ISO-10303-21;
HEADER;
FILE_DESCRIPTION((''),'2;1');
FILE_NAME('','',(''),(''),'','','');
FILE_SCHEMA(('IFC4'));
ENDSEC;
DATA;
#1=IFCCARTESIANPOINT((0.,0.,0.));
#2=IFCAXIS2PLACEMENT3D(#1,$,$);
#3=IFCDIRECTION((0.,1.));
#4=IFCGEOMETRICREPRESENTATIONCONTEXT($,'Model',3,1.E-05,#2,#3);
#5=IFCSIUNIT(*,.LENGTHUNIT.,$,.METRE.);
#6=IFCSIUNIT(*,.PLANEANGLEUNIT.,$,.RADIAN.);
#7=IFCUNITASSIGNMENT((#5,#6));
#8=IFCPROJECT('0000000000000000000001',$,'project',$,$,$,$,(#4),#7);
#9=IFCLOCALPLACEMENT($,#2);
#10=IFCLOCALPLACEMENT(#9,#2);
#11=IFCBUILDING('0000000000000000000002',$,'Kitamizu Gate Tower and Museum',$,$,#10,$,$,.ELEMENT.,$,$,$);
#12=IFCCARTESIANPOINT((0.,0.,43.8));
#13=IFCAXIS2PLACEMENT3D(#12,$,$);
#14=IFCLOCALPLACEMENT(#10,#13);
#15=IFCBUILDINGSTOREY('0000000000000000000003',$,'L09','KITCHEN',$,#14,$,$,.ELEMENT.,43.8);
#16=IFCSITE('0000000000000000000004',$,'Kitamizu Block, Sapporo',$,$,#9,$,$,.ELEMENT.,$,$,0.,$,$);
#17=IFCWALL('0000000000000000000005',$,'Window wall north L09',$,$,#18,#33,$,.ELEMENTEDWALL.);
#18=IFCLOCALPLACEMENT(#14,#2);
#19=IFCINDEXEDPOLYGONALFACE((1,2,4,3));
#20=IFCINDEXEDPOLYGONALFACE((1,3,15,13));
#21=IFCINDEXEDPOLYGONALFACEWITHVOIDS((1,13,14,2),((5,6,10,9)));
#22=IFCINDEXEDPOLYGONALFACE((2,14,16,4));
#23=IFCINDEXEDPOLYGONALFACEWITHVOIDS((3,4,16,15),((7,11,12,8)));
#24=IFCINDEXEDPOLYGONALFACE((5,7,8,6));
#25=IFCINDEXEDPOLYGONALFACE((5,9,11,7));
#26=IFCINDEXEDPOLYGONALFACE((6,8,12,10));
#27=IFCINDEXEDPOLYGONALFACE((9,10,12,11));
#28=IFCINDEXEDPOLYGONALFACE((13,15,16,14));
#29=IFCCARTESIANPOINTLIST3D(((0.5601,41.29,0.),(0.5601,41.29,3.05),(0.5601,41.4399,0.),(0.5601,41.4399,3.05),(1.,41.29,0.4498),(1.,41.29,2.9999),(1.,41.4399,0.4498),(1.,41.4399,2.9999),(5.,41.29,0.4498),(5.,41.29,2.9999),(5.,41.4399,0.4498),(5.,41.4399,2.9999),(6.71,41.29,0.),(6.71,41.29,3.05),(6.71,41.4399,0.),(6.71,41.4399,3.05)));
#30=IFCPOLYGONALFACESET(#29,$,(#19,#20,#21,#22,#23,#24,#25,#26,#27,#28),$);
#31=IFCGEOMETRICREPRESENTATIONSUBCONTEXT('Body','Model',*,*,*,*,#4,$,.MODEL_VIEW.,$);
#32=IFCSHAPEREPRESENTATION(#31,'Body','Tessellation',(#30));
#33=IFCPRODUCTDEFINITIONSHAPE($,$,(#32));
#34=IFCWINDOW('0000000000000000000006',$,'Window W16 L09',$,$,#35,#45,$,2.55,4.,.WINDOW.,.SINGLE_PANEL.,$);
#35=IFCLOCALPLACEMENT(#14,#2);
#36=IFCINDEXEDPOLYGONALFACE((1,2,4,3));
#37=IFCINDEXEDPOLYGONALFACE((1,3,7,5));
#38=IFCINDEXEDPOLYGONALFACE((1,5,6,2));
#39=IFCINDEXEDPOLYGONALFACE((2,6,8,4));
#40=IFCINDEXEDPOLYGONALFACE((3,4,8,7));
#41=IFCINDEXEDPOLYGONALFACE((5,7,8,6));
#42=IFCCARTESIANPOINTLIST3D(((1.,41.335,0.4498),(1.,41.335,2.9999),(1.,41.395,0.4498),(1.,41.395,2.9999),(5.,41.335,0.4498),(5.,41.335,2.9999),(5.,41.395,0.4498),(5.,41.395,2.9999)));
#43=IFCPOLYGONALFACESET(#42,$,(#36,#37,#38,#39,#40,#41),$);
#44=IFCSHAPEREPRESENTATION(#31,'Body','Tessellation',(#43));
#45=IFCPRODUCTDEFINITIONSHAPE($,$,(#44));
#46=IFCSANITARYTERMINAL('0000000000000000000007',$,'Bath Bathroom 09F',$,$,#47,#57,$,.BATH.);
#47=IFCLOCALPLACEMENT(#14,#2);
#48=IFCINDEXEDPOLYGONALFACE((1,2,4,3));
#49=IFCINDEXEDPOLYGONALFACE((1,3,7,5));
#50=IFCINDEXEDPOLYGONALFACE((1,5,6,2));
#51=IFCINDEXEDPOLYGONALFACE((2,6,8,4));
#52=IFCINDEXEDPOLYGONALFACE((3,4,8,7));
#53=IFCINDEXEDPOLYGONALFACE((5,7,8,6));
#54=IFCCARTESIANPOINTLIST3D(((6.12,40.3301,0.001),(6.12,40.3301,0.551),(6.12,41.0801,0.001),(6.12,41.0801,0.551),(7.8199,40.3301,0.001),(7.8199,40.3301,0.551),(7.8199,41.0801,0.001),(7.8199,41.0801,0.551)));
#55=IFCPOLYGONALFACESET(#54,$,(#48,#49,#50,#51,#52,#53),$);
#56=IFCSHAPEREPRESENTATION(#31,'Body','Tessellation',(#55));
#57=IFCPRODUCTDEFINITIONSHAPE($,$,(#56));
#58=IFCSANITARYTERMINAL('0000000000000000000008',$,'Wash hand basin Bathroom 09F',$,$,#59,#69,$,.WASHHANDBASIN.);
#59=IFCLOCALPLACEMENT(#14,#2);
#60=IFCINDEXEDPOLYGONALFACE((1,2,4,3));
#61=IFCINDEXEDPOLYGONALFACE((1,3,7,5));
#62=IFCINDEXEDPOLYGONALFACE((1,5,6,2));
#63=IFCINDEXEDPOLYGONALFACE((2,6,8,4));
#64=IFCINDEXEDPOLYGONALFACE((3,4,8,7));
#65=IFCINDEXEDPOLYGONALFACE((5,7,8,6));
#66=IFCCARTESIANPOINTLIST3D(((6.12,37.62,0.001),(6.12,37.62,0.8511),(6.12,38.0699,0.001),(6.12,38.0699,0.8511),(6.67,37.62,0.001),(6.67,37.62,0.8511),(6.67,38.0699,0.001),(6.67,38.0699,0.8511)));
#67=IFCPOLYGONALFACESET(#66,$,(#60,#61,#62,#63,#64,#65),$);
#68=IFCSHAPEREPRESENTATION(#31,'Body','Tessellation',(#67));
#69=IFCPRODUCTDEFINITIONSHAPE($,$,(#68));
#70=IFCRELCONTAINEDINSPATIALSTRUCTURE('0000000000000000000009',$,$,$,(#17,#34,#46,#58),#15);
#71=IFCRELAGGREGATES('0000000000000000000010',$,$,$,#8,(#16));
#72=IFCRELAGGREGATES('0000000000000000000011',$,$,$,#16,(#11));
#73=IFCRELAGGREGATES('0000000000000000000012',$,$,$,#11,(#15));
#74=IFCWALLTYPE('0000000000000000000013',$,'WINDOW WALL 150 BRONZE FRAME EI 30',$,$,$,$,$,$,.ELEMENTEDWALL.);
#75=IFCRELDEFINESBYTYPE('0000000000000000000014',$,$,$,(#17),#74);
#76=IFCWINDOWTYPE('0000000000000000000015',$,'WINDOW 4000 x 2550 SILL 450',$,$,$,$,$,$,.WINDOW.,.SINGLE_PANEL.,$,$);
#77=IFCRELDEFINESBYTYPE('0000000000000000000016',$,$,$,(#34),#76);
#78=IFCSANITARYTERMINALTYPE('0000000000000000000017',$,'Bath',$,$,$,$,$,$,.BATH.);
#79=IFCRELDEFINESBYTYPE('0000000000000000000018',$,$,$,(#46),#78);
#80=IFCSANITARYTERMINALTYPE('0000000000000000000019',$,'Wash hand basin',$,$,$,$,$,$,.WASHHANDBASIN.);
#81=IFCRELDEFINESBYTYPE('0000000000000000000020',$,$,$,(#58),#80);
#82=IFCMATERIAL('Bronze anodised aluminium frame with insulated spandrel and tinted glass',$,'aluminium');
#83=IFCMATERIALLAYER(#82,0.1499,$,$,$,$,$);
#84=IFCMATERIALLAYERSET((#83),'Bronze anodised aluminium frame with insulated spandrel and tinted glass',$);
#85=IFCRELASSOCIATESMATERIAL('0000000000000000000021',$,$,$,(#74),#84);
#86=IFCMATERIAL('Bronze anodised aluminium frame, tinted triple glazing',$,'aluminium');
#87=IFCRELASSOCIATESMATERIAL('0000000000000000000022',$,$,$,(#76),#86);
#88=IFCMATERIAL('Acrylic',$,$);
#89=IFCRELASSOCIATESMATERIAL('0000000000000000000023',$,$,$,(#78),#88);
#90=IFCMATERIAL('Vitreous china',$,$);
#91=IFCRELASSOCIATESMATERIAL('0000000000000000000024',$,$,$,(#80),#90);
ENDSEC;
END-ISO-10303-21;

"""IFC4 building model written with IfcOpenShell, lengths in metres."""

from ifc_helpers import new_model, si_unit, direction, frame, frame_2d, origin, origin_2d, place, context, subcontext, project, spatial, rectangle, extrude, material, layer, layer_set, type_object, element, fill, save


model = new_model("IFC4")

# Units and contexts
model_context = context("Model", 3, precision=1e-05, world=origin(), true_north=direction((0.0, 1.0)))
body_context = subcontext(model_context, "Body", "Model", "MODEL_VIEW")
ifc_project = project(units=[si_unit("LENGTHUNIT", "METRE"), si_unit("PLANEANGLEUNIT", "RADIAN")], contexts=[model_context])

# Site, building, storey
site_placement = place(None, origin())
site = spatial("IfcSite", under=ifc_project, at=site_placement, Name="Kitamizu Block, Sapporo", CompositionType="ELEMENT", RefElevation=0.0)
building_placement = place(site_placement, origin())
building = spatial("IfcBuilding", under=site, at=building_placement, Name="Kitamizu Gate Tower and Museum", CompositionType="ELEMENT")
storey_placement = place(building_placement, frame((0.0, 0.0, 43.8)))
storey = spatial("IfcBuildingStorey", under=building, at=storey_placement, Name="L09", Description="KITCHEN", CompositionType="ELEMENT", Elevation=43.8)

# Wall, opening, window
ifc_material_1 = material(Name="Bronze anodised aluminium frame with insulated spandrel and tinted glass", Category="aluminium")
ifc_layer = layer(ifc_material_1, 0.1499)
ifc_layer_set = layer_set([ifc_layer], Name="Bronze anodised aluminium frame with insulated spandrel and tinted glass")
wall_type = type_object("IfcWallType", Name="WINDOW WALL 150 BRONZE FRAME EI 30", PredefinedType="ELEMENTEDWALL", material=ifc_layer_set)
wall_placement = place(storey_placement, frame((0.5601, 41.365, 0.0), z_axis=(0.0, 0.0, 1.0), x_axis=(1.0, 0.0, 0.0)))
wall = element("IfcWall", 1, at=wall_placement, inside=storey, type_object=wall_type, Name="Window wall north L09", PredefinedType="ELEMENTEDWALL", context=body_context, shape_type="SweptSolid", body=[
    extrude(rectangle(XDim=6.1499, YDim=0.1499, at=frame_2d((3.075, 0.0))), origin(), (0.0, 0.0, 1.0), 3.05),
])
opening_placement = place(wall_placement, frame((0.4399, 0.0, 0.45)))
opening = element("IfcOpeningElement", 2, at=opening_placement, cuts=wall, PredefinedType="OPENING", context=body_context, shape_type="SweptSolid", body=[
    extrude(rectangle(XDim=4.0, YDim=2.55, at=frame_2d((2.0, 1.2749))), frame((0.0, 0.085, 0.0), z_axis=(0.0, -1.0, 0.0), x_axis=(1.0, 0.0, 0.0)), (0.0, 0.0, 1.0), 0.1699),
])
ifc_material_2 = material(Name="Bronze anodised aluminium frame, tinted triple glazing", Category="aluminium")
window_type = type_object("IfcWindowType", Name="WINDOW 4000 x 2550 SILL 450", PartitioningType="SINGLE_PANEL", PredefinedType="WINDOW", material=ifc_material_2)
window_placement = place(opening_placement, origin())
window = element("IfcWindow", 3, at=window_placement, inside=storey, type_object=window_type, Name="Window W16 L09", OverallHeight=2.55, OverallWidth=4.0, PartitioningType="SINGLE_PANEL", PredefinedType="WINDOW", context=body_context, shape_type="SweptSolid", body=[
    extrude(rectangle(XDim=4.0, YDim=2.55, at=frame_2d((2.0, 1.2749))), frame((0.0, 0.03, 0.0), z_axis=(0.0, -1.0, 0.0), x_axis=(1.0, 0.0, 0.0)), (0.0, 0.0, 1.0), 0.0601),
])
fill(opening, window)

# Sanitary terminals
ifc_material_3 = material(Name="Acrylic")
sanitary_terminal_type_1 = type_object("IfcSanitaryTerminalType", Name="Bath", PredefinedType="BATH", material=ifc_material_3)
sanitary_terminal_1_placement = place(storey_placement, frame((6.97, 40.7051, 0.001), z_axis=(0.0, 0.0, 1.0), x_axis=(1.0, 0.0, 0.0)))
element("IfcSanitaryTerminal", 4, at=sanitary_terminal_1_placement, inside=storey, type_object=sanitary_terminal_type_1, Name="Bath Bathroom 09F", PredefinedType="BATH", context=body_context, shape_type="SweptSolid", body=[
    extrude(rectangle(XDim=1.7, YDim=0.75, at=origin_2d()), origin(), (0.0, 0.0, 1.0), 0.55),
])
ifc_material_4 = material(Name="Vitreous china")
sanitary_terminal_type_2 = type_object("IfcSanitaryTerminalType", Name="Wash hand basin", PredefinedType="WASHHANDBASIN", material=ifc_material_4)
sanitary_terminal_2_placement = place(storey_placement, frame((6.395, 37.845, 0.001), z_axis=(0.0, 0.0, 1.0), x_axis=(1.0, 0.0, 0.0)))
element("IfcSanitaryTerminal", 5, at=sanitary_terminal_2_placement, inside=storey, type_object=sanitary_terminal_type_2, Name="Wash hand basin Bathroom 09F", PredefinedType="WASHHANDBASIN", context=body_context, shape_type="SweptSolid", body=[
    extrude(rectangle(XDim=0.55, YDim=0.45, at=origin_2d()), origin(), (0.0, 0.0, 1.0), 0.8501),
])

save(model, "model.ifc")
